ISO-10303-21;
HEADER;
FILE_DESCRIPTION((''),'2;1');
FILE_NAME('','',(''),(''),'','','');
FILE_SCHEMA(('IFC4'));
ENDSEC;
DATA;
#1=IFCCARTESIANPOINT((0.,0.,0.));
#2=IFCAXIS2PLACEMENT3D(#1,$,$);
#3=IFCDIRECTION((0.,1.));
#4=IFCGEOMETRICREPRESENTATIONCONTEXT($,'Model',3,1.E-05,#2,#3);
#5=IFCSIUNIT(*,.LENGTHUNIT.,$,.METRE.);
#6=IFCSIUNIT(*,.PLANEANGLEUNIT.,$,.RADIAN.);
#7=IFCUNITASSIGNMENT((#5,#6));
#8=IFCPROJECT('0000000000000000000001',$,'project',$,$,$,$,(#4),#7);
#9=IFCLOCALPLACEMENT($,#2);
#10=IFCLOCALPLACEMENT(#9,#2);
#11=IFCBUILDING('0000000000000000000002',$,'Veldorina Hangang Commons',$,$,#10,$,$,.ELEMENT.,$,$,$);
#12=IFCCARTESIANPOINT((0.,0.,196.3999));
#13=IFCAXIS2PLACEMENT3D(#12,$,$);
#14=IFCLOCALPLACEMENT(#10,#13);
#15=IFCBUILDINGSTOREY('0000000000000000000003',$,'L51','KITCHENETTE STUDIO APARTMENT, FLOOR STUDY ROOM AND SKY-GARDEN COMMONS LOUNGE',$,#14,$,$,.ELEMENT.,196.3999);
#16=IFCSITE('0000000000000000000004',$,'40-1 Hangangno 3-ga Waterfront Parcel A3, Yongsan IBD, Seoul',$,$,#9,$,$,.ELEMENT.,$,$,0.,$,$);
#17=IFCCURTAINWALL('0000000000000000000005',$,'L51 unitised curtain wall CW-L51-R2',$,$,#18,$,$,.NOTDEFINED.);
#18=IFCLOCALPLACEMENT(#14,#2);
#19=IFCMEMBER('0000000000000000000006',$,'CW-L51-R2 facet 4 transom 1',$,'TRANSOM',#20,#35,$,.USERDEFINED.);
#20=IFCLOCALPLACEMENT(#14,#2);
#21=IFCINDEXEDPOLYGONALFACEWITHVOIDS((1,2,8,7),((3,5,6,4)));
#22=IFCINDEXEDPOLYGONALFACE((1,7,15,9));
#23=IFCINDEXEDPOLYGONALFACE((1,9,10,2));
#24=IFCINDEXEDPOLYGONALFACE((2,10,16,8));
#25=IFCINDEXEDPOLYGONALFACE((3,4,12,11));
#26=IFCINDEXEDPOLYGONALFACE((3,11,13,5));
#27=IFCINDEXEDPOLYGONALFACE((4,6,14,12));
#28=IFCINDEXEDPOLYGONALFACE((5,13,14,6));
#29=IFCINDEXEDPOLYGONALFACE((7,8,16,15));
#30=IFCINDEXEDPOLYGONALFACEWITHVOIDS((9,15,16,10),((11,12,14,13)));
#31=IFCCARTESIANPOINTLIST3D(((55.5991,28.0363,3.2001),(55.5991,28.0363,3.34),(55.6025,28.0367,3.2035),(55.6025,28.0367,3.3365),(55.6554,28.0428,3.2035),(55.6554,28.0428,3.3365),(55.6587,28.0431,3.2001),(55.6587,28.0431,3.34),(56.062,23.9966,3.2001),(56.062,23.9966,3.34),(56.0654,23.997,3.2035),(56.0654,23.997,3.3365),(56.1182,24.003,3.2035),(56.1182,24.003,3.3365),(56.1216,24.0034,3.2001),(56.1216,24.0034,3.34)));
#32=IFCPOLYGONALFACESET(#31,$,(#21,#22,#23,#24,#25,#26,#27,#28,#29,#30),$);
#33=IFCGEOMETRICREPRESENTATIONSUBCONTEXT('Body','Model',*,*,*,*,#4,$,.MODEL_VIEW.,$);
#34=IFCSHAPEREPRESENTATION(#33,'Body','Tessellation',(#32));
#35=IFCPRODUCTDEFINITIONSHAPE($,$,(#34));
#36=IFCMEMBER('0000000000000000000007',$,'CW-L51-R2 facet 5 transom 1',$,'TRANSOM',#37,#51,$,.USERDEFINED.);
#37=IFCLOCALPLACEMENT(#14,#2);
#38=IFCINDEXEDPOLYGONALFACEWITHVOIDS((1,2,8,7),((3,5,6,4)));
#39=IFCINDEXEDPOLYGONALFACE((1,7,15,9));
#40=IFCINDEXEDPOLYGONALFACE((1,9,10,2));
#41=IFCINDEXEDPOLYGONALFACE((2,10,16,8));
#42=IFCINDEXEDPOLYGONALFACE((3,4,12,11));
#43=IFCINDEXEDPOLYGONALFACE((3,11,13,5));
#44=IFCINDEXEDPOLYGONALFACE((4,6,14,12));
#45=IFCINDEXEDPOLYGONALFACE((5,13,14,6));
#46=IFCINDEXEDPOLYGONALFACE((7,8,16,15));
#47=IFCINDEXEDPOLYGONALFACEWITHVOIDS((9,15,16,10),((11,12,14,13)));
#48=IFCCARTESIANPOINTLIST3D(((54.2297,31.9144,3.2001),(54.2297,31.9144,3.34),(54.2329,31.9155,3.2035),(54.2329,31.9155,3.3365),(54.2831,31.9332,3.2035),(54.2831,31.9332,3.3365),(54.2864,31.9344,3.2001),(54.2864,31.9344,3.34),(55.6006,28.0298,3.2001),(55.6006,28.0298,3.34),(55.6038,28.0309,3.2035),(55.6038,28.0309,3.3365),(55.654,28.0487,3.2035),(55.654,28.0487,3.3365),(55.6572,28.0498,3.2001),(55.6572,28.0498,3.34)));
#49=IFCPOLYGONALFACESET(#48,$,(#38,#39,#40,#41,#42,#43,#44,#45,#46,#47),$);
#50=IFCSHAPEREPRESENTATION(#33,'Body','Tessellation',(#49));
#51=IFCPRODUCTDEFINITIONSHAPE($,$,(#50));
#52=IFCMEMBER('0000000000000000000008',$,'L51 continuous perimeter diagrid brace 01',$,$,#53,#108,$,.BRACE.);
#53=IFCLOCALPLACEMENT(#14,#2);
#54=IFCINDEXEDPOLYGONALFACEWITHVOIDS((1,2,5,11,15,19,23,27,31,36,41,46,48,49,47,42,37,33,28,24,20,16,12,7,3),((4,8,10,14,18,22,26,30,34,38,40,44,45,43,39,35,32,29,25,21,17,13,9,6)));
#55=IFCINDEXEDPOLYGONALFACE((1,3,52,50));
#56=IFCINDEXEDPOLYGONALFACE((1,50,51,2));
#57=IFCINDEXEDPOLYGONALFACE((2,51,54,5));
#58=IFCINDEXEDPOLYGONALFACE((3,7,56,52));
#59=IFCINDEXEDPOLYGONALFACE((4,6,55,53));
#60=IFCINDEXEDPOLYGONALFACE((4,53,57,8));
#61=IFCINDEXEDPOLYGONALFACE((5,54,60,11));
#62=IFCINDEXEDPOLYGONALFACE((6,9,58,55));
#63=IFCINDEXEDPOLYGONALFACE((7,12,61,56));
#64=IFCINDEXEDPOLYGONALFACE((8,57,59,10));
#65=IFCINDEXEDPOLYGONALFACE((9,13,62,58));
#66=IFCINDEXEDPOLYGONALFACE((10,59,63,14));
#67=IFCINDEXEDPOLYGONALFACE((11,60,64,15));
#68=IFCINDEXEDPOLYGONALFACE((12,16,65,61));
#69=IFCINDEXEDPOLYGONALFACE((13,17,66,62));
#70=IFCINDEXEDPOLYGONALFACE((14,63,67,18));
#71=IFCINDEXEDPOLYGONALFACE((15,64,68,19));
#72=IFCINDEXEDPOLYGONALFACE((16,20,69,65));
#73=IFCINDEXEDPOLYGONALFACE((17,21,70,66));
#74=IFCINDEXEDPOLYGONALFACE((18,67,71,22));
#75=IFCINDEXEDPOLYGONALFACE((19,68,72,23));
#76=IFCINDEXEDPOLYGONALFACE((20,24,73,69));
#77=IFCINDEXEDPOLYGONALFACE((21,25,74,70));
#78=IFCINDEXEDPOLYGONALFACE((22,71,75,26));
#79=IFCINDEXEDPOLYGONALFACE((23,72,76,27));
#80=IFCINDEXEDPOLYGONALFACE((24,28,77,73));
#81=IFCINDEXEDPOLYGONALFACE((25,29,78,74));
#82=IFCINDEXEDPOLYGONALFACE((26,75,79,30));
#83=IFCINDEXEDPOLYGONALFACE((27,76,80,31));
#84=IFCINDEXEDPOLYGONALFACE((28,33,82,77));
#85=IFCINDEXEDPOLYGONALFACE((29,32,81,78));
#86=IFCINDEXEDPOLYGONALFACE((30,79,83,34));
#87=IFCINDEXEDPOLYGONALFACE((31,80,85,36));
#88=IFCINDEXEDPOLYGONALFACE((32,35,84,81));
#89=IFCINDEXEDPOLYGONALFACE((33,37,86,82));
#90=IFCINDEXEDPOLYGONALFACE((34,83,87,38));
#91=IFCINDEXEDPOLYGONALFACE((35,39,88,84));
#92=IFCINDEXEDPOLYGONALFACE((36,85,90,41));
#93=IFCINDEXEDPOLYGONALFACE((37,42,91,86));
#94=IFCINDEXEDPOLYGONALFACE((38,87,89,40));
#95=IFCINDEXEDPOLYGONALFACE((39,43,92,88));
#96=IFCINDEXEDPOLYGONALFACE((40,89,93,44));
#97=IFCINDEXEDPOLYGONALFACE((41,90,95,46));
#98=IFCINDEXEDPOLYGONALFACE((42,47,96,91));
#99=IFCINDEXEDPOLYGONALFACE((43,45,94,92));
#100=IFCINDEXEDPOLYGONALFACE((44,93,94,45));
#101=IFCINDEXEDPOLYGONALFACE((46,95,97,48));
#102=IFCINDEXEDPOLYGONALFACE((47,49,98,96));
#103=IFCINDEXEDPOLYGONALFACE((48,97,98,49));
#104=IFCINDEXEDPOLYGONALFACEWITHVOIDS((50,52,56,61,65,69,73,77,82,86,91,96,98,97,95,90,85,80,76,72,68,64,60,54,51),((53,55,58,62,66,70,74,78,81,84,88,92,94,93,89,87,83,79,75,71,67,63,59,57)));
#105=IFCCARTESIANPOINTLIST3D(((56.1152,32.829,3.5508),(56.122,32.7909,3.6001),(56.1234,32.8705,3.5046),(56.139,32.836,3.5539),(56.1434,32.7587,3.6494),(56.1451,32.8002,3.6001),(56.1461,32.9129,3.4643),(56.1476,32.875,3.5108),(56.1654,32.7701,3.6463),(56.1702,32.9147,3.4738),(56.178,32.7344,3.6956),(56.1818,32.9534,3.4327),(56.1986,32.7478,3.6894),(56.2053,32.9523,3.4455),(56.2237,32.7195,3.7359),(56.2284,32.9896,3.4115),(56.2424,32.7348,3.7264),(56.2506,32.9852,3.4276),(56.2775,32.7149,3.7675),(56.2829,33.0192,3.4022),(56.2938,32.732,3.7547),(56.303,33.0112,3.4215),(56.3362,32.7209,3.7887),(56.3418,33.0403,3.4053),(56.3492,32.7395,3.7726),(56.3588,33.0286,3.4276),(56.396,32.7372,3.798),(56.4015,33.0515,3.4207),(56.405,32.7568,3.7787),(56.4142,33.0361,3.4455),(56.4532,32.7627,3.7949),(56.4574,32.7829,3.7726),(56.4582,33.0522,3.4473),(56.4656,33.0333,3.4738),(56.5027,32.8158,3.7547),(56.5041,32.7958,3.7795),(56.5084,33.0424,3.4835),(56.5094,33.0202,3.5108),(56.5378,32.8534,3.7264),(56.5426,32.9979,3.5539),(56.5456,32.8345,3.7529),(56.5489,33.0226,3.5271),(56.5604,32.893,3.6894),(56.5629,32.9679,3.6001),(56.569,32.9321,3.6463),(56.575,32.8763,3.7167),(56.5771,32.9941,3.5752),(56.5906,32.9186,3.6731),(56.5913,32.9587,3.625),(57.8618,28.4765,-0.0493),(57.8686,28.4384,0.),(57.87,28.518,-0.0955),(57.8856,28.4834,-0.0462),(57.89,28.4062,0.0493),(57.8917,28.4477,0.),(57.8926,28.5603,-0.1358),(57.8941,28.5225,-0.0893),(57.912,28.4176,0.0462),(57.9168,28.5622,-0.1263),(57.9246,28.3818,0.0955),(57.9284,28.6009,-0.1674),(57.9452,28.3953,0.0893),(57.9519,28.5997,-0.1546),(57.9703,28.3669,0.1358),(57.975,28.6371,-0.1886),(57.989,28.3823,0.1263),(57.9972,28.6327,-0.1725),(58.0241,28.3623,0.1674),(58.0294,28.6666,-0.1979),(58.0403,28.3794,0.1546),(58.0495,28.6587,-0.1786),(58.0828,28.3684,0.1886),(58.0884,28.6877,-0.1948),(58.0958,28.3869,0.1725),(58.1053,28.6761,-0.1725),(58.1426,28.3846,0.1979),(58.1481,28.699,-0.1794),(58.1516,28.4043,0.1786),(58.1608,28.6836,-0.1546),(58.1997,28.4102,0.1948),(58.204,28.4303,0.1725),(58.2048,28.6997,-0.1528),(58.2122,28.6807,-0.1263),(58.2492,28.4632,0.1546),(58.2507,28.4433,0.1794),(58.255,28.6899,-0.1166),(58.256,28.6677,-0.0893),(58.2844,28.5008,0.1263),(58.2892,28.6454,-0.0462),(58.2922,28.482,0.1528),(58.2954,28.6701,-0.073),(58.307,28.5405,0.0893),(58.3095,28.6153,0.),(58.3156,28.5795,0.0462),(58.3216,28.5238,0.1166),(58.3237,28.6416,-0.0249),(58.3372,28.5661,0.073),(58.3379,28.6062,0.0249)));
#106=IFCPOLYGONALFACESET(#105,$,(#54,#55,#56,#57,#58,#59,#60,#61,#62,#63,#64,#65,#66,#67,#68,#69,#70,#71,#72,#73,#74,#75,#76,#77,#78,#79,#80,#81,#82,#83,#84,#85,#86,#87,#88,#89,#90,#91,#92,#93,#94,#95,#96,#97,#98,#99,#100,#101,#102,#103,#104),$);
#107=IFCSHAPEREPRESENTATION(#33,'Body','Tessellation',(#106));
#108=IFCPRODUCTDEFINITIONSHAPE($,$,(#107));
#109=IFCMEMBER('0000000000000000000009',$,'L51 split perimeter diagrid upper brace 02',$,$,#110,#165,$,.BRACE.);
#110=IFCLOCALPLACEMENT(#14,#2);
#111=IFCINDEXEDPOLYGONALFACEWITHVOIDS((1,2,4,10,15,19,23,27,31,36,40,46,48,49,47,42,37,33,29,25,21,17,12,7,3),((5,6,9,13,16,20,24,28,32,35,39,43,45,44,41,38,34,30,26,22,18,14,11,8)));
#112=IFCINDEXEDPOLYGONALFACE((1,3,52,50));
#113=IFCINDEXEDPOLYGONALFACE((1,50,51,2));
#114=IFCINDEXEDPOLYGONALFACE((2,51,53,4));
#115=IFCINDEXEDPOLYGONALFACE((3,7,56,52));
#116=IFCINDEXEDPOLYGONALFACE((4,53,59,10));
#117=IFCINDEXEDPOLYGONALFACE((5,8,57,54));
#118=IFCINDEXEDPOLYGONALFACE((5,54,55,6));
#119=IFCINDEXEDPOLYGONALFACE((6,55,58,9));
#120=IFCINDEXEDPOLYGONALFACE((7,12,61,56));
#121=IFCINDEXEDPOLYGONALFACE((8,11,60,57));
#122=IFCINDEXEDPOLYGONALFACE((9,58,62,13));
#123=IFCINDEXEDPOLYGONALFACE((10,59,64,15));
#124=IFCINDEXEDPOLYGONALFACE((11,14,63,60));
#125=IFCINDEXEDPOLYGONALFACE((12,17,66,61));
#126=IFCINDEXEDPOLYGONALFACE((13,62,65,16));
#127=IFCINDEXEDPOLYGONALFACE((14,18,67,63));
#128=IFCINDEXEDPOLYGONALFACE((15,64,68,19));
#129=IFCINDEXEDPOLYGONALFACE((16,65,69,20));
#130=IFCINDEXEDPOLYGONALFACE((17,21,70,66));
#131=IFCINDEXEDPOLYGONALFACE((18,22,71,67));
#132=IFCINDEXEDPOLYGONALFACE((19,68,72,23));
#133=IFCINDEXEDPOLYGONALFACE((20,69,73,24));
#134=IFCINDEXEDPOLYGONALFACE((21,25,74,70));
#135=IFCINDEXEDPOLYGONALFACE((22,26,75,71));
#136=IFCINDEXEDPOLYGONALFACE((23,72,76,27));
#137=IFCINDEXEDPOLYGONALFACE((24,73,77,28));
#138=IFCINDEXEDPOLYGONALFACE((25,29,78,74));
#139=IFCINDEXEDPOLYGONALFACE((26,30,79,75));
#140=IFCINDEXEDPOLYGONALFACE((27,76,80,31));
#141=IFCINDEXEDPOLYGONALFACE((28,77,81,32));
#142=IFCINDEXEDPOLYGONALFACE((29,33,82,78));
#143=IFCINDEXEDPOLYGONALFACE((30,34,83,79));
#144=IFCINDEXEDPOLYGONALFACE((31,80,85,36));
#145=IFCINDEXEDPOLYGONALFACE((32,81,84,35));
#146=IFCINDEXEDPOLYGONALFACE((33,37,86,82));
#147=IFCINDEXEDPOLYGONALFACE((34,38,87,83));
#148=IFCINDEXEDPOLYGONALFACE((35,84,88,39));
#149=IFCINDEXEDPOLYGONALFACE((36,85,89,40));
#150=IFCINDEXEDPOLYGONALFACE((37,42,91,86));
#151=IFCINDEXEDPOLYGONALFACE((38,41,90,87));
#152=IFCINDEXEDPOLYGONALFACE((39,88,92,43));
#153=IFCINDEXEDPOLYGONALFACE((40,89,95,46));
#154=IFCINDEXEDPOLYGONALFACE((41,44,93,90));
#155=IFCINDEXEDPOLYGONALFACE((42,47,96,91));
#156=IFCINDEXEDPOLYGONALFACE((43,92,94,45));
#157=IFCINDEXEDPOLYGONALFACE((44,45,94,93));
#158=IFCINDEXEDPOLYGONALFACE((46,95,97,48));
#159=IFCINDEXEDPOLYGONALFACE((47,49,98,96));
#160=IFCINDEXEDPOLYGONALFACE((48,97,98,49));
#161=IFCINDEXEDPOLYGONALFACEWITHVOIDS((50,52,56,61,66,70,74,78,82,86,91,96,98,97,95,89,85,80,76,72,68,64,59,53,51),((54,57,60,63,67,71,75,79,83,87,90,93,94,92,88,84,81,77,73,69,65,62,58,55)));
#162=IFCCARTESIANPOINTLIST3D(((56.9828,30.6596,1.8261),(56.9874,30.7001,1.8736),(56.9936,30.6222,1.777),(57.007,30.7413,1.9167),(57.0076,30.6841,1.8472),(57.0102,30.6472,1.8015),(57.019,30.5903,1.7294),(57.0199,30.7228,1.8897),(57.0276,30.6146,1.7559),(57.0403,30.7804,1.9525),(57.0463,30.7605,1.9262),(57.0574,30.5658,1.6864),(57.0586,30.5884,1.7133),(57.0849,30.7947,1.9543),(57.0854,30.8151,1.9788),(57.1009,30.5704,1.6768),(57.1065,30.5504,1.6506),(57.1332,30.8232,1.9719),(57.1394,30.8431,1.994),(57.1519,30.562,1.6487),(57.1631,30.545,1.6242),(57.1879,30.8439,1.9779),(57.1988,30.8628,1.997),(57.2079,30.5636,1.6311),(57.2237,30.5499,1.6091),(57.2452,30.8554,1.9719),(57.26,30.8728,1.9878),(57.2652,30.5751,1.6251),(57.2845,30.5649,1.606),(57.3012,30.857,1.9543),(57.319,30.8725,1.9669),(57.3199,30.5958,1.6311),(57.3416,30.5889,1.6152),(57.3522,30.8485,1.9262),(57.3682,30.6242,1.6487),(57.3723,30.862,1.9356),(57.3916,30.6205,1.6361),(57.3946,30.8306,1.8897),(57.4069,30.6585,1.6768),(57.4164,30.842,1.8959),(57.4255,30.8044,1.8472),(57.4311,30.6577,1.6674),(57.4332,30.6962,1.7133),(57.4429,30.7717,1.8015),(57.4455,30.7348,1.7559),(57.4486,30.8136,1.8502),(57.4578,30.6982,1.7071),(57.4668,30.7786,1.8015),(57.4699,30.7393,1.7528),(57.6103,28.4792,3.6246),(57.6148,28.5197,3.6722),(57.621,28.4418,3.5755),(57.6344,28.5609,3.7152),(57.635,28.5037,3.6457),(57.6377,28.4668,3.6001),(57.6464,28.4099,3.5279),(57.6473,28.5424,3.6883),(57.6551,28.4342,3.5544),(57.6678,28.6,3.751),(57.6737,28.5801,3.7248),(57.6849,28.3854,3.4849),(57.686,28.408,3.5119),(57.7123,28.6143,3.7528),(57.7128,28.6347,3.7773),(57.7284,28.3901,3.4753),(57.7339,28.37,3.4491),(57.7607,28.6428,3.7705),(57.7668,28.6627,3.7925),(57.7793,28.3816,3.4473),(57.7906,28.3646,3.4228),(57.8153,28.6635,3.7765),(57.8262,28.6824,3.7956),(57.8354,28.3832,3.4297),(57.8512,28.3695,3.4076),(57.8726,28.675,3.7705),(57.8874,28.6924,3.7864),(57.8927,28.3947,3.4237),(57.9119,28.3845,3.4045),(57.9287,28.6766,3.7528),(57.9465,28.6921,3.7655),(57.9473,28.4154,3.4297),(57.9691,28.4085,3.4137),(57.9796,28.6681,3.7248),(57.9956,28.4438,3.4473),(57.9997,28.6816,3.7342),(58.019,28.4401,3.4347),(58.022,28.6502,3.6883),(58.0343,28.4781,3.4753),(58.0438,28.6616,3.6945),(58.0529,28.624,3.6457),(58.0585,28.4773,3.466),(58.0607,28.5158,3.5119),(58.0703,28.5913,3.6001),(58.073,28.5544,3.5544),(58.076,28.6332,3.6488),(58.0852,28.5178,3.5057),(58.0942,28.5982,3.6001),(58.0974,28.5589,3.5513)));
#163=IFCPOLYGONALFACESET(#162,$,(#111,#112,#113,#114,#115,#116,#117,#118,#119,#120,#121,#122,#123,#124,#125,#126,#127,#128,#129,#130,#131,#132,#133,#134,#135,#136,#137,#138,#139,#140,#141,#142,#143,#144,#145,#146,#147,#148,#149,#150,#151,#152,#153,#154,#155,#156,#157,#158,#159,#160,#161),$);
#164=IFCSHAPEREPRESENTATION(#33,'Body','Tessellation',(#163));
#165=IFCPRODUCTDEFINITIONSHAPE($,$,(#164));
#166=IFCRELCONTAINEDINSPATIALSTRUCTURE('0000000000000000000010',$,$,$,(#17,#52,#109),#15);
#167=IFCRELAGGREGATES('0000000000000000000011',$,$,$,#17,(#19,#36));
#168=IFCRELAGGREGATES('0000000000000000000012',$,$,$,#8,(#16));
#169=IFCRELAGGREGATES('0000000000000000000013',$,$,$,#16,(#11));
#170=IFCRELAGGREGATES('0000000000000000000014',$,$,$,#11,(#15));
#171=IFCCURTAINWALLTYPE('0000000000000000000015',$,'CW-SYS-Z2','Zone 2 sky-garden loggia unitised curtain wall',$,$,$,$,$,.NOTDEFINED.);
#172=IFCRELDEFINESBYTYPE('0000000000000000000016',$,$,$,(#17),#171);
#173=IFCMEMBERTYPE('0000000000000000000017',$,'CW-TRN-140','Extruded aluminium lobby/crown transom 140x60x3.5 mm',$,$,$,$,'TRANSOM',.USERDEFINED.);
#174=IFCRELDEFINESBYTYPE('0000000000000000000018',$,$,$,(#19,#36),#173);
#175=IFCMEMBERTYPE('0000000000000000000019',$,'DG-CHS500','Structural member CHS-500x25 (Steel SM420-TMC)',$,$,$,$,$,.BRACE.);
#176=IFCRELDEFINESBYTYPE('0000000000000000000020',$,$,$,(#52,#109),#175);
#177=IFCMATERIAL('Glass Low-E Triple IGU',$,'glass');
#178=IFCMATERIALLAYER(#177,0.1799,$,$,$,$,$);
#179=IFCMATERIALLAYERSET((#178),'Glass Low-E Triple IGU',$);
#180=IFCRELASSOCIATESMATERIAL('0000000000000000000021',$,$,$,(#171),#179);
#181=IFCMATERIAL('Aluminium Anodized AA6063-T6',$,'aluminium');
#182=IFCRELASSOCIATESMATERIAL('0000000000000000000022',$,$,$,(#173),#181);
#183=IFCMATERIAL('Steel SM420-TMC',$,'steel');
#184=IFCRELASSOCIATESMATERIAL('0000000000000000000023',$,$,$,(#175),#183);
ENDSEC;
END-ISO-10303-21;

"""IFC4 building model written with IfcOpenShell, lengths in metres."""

from ifc_helpers import new_model, si_unit, direction, frame, origin, origin_2d, place, context, subcontext, project, spatial, hollow_rectangle, hollow_circle, extrude, material, layer, layer_set, material_profile, profile_set, type_object, element, aggregate, save


model = new_model("IFC4")

# Units and contexts
model_context = context("Model", 3, precision=1e-05, world=origin(), true_north=direction((0.0, 1.0)))
body_context = subcontext(model_context, "Body", "Model", "MODEL_VIEW")
ifc_project = project(units=[si_unit("LENGTHUNIT", "METRE"), si_unit("PLANEANGLEUNIT", "RADIAN")], contexts=[model_context])

# Site, building, storey
site_placement = place(None, origin())
site = spatial("IfcSite", under=ifc_project, at=site_placement, Name="40-1 Hangangno 3-ga Waterfront Parcel A3, Yongsan IBD, Seoul", CompositionType="ELEMENT", RefElevation=0.0)
building_placement = place(site_placement, origin())
building = spatial("IfcBuilding", under=site, at=building_placement, Name="Veldorina Hangang Commons", CompositionType="ELEMENT")
storey_placement = place(building_placement, frame((0.0, 0.0, 196.3999)))
storey = spatial("IfcBuildingStorey", under=building, at=storey_placement, Name="L51", Description="KITCHENETTE STUDIO APARTMENT, FLOOR STUDY ROOM AND SKY-GARDEN COMMONS LOUNGE", CompositionType="ELEMENT", Elevation=196.3999)

# Shared definitions
ifc_material_1 = material(Name="Steel SM420-TMC", Category="steel")

# Curtain wall, members
ifc_material_2 = material(Name="Glass Low-E Triple IGU", Category="glass")
ifc_layer_1 = layer(ifc_material_2, 0.1799)
ifc_layer_set_1 = layer_set([ifc_layer_1], Name="Glass Low-E Triple IGU")
curtain_wall_type = type_object("IfcCurtainWallType", Name="CW-SYS-Z2", Description="Zone 2 sky-garden loggia unitised curtain wall", PredefinedType="NOTDEFINED", material=ifc_layer_set_1)
curtain_wall_placement = place(storey_placement, origin())
curtain_wall = element("IfcCurtainWall", 1, at=curtain_wall_placement, inside=storey, type_object=curtain_wall_type, Name="L51 unitised curtain wall CW-L51-R2", PredefinedType="NOTDEFINED")
ifc_material_3 = material(Name="Aluminium Anodized AA6063-T6", Category="aluminium")
ifc_material_profile_1 = material_profile(ifc_material_3, hollow_rectangle(XDim=0.0601, YDim=0.1399, WallThickness=0.0034, at=origin_2d()), Name="ALU-RHS-140x60x3.5")
ifc_profile_set_1 = profile_set([ifc_material_profile_1], Name="Aluminium Anodized AA6063-T6")
member_type_1 = type_object("IfcMemberType", Name="CW-TRN-140", Description="Extruded aluminium lobby/crown transom 140x60x3.5 mm", ElementType="TRANSOM", PredefinedType="USERDEFINED", material=ifc_profile_set_1)
member_1_placement = place(storey_placement, frame((56.0918, 24.0, 3.27), z_axis=(-0.113838, 0.993499, 0.0), x_axis=(-0.993499, -0.113838, 0.0)))
member_1 = element("IfcMember", 2, at=member_1_placement, type_object=member_type_1, Name="CW-L51-R2 facet 4 transom 1", ObjectType="TRANSOM", PredefinedType="USERDEFINED", context=body_context, shape_type="SweptSolid", body=[
    extrude(hollow_rectangle(XDim=0.0601, YDim=0.1399, WallThickness=0.0034, at=origin_2d()), origin(), (0.0, 0.0, 1.0), 4.0662),
])
member_2_placement = place(storey_placement, frame((55.6289, 28.0398, 3.27), z_axis=(-0.332786, 0.943002, 0.0), x_axis=(-0.943002, -0.332786, 0.0)))
member_2 = element("IfcMember", 3, at=member_2_placement, type_object=member_type_1, Name="CW-L51-R2 facet 5 transom 1", ObjectType="TRANSOM", PredefinedType="USERDEFINED", context=body_context, shape_type="SweptSolid", body=[
    extrude(hollow_rectangle(XDim=0.0601, YDim=0.1399, WallThickness=0.0034, at=origin_2d()), origin(), (0.0, 0.0, 1.0), 4.1194),
])

# Members
ifc_material_profile_2 = material_profile(ifc_material_1, hollow_circle(Radius=0.25, WallThickness=0.0249, at=origin_2d()), Name="CHS-500x25")
ifc_profile_set_2 = profile_set([ifc_material_profile_2], Name="Steel SM420-TMC")
member_type_2 = type_object("IfcMemberType", Name="DG-CHS500", Description="Structural member CHS-500x25 (Steel SM420-TMC)", PredefinedType="BRACE", material=ifc_profile_set_2)
member_3_placement = place(storey_placement, frame((58.1006, 28.5315, 0.0), z_axis=(-0.295413, 0.736178, 0.608912), x_axis=(-0.928067, -0.372414, 0.0)))
element("IfcMember", 4, at=member_3_placement, inside=storey, type_object=member_type_2, Name="L51 continuous perimeter diagrid brace 01", PredefinedType="BRACE", context=body_context, shape_type="SweptSolid", body=[
    extrude(hollow_circle(Radius=0.25, WallThickness=0.0249, at=origin_2d()), origin(), (0.0, 0.0, 1.0), 5.9124),
])
member_4_placement = place(storey_placement, frame((57.2266, 30.7095, 1.8015), z_axis=(0.21671, -0.753087, 0.621206), x_axis=(0.961002, 0.27654, 0.0)))
element("IfcMember", 5, at=member_4_placement, inside=storey, type_object=member_type_2, Name="L51 split perimeter diagrid upper brace 02", PredefinedType="BRACE", context=body_context, shape_type="SweptSolid", body=[
    extrude(hollow_circle(Radius=0.25, WallThickness=0.0249, at=origin_2d()), origin(), (0.0, 0.0, 1.0), 2.8953),
])

aggregate(curtain_wall, [member_1, member_2])

save(model, "model.ifc")
